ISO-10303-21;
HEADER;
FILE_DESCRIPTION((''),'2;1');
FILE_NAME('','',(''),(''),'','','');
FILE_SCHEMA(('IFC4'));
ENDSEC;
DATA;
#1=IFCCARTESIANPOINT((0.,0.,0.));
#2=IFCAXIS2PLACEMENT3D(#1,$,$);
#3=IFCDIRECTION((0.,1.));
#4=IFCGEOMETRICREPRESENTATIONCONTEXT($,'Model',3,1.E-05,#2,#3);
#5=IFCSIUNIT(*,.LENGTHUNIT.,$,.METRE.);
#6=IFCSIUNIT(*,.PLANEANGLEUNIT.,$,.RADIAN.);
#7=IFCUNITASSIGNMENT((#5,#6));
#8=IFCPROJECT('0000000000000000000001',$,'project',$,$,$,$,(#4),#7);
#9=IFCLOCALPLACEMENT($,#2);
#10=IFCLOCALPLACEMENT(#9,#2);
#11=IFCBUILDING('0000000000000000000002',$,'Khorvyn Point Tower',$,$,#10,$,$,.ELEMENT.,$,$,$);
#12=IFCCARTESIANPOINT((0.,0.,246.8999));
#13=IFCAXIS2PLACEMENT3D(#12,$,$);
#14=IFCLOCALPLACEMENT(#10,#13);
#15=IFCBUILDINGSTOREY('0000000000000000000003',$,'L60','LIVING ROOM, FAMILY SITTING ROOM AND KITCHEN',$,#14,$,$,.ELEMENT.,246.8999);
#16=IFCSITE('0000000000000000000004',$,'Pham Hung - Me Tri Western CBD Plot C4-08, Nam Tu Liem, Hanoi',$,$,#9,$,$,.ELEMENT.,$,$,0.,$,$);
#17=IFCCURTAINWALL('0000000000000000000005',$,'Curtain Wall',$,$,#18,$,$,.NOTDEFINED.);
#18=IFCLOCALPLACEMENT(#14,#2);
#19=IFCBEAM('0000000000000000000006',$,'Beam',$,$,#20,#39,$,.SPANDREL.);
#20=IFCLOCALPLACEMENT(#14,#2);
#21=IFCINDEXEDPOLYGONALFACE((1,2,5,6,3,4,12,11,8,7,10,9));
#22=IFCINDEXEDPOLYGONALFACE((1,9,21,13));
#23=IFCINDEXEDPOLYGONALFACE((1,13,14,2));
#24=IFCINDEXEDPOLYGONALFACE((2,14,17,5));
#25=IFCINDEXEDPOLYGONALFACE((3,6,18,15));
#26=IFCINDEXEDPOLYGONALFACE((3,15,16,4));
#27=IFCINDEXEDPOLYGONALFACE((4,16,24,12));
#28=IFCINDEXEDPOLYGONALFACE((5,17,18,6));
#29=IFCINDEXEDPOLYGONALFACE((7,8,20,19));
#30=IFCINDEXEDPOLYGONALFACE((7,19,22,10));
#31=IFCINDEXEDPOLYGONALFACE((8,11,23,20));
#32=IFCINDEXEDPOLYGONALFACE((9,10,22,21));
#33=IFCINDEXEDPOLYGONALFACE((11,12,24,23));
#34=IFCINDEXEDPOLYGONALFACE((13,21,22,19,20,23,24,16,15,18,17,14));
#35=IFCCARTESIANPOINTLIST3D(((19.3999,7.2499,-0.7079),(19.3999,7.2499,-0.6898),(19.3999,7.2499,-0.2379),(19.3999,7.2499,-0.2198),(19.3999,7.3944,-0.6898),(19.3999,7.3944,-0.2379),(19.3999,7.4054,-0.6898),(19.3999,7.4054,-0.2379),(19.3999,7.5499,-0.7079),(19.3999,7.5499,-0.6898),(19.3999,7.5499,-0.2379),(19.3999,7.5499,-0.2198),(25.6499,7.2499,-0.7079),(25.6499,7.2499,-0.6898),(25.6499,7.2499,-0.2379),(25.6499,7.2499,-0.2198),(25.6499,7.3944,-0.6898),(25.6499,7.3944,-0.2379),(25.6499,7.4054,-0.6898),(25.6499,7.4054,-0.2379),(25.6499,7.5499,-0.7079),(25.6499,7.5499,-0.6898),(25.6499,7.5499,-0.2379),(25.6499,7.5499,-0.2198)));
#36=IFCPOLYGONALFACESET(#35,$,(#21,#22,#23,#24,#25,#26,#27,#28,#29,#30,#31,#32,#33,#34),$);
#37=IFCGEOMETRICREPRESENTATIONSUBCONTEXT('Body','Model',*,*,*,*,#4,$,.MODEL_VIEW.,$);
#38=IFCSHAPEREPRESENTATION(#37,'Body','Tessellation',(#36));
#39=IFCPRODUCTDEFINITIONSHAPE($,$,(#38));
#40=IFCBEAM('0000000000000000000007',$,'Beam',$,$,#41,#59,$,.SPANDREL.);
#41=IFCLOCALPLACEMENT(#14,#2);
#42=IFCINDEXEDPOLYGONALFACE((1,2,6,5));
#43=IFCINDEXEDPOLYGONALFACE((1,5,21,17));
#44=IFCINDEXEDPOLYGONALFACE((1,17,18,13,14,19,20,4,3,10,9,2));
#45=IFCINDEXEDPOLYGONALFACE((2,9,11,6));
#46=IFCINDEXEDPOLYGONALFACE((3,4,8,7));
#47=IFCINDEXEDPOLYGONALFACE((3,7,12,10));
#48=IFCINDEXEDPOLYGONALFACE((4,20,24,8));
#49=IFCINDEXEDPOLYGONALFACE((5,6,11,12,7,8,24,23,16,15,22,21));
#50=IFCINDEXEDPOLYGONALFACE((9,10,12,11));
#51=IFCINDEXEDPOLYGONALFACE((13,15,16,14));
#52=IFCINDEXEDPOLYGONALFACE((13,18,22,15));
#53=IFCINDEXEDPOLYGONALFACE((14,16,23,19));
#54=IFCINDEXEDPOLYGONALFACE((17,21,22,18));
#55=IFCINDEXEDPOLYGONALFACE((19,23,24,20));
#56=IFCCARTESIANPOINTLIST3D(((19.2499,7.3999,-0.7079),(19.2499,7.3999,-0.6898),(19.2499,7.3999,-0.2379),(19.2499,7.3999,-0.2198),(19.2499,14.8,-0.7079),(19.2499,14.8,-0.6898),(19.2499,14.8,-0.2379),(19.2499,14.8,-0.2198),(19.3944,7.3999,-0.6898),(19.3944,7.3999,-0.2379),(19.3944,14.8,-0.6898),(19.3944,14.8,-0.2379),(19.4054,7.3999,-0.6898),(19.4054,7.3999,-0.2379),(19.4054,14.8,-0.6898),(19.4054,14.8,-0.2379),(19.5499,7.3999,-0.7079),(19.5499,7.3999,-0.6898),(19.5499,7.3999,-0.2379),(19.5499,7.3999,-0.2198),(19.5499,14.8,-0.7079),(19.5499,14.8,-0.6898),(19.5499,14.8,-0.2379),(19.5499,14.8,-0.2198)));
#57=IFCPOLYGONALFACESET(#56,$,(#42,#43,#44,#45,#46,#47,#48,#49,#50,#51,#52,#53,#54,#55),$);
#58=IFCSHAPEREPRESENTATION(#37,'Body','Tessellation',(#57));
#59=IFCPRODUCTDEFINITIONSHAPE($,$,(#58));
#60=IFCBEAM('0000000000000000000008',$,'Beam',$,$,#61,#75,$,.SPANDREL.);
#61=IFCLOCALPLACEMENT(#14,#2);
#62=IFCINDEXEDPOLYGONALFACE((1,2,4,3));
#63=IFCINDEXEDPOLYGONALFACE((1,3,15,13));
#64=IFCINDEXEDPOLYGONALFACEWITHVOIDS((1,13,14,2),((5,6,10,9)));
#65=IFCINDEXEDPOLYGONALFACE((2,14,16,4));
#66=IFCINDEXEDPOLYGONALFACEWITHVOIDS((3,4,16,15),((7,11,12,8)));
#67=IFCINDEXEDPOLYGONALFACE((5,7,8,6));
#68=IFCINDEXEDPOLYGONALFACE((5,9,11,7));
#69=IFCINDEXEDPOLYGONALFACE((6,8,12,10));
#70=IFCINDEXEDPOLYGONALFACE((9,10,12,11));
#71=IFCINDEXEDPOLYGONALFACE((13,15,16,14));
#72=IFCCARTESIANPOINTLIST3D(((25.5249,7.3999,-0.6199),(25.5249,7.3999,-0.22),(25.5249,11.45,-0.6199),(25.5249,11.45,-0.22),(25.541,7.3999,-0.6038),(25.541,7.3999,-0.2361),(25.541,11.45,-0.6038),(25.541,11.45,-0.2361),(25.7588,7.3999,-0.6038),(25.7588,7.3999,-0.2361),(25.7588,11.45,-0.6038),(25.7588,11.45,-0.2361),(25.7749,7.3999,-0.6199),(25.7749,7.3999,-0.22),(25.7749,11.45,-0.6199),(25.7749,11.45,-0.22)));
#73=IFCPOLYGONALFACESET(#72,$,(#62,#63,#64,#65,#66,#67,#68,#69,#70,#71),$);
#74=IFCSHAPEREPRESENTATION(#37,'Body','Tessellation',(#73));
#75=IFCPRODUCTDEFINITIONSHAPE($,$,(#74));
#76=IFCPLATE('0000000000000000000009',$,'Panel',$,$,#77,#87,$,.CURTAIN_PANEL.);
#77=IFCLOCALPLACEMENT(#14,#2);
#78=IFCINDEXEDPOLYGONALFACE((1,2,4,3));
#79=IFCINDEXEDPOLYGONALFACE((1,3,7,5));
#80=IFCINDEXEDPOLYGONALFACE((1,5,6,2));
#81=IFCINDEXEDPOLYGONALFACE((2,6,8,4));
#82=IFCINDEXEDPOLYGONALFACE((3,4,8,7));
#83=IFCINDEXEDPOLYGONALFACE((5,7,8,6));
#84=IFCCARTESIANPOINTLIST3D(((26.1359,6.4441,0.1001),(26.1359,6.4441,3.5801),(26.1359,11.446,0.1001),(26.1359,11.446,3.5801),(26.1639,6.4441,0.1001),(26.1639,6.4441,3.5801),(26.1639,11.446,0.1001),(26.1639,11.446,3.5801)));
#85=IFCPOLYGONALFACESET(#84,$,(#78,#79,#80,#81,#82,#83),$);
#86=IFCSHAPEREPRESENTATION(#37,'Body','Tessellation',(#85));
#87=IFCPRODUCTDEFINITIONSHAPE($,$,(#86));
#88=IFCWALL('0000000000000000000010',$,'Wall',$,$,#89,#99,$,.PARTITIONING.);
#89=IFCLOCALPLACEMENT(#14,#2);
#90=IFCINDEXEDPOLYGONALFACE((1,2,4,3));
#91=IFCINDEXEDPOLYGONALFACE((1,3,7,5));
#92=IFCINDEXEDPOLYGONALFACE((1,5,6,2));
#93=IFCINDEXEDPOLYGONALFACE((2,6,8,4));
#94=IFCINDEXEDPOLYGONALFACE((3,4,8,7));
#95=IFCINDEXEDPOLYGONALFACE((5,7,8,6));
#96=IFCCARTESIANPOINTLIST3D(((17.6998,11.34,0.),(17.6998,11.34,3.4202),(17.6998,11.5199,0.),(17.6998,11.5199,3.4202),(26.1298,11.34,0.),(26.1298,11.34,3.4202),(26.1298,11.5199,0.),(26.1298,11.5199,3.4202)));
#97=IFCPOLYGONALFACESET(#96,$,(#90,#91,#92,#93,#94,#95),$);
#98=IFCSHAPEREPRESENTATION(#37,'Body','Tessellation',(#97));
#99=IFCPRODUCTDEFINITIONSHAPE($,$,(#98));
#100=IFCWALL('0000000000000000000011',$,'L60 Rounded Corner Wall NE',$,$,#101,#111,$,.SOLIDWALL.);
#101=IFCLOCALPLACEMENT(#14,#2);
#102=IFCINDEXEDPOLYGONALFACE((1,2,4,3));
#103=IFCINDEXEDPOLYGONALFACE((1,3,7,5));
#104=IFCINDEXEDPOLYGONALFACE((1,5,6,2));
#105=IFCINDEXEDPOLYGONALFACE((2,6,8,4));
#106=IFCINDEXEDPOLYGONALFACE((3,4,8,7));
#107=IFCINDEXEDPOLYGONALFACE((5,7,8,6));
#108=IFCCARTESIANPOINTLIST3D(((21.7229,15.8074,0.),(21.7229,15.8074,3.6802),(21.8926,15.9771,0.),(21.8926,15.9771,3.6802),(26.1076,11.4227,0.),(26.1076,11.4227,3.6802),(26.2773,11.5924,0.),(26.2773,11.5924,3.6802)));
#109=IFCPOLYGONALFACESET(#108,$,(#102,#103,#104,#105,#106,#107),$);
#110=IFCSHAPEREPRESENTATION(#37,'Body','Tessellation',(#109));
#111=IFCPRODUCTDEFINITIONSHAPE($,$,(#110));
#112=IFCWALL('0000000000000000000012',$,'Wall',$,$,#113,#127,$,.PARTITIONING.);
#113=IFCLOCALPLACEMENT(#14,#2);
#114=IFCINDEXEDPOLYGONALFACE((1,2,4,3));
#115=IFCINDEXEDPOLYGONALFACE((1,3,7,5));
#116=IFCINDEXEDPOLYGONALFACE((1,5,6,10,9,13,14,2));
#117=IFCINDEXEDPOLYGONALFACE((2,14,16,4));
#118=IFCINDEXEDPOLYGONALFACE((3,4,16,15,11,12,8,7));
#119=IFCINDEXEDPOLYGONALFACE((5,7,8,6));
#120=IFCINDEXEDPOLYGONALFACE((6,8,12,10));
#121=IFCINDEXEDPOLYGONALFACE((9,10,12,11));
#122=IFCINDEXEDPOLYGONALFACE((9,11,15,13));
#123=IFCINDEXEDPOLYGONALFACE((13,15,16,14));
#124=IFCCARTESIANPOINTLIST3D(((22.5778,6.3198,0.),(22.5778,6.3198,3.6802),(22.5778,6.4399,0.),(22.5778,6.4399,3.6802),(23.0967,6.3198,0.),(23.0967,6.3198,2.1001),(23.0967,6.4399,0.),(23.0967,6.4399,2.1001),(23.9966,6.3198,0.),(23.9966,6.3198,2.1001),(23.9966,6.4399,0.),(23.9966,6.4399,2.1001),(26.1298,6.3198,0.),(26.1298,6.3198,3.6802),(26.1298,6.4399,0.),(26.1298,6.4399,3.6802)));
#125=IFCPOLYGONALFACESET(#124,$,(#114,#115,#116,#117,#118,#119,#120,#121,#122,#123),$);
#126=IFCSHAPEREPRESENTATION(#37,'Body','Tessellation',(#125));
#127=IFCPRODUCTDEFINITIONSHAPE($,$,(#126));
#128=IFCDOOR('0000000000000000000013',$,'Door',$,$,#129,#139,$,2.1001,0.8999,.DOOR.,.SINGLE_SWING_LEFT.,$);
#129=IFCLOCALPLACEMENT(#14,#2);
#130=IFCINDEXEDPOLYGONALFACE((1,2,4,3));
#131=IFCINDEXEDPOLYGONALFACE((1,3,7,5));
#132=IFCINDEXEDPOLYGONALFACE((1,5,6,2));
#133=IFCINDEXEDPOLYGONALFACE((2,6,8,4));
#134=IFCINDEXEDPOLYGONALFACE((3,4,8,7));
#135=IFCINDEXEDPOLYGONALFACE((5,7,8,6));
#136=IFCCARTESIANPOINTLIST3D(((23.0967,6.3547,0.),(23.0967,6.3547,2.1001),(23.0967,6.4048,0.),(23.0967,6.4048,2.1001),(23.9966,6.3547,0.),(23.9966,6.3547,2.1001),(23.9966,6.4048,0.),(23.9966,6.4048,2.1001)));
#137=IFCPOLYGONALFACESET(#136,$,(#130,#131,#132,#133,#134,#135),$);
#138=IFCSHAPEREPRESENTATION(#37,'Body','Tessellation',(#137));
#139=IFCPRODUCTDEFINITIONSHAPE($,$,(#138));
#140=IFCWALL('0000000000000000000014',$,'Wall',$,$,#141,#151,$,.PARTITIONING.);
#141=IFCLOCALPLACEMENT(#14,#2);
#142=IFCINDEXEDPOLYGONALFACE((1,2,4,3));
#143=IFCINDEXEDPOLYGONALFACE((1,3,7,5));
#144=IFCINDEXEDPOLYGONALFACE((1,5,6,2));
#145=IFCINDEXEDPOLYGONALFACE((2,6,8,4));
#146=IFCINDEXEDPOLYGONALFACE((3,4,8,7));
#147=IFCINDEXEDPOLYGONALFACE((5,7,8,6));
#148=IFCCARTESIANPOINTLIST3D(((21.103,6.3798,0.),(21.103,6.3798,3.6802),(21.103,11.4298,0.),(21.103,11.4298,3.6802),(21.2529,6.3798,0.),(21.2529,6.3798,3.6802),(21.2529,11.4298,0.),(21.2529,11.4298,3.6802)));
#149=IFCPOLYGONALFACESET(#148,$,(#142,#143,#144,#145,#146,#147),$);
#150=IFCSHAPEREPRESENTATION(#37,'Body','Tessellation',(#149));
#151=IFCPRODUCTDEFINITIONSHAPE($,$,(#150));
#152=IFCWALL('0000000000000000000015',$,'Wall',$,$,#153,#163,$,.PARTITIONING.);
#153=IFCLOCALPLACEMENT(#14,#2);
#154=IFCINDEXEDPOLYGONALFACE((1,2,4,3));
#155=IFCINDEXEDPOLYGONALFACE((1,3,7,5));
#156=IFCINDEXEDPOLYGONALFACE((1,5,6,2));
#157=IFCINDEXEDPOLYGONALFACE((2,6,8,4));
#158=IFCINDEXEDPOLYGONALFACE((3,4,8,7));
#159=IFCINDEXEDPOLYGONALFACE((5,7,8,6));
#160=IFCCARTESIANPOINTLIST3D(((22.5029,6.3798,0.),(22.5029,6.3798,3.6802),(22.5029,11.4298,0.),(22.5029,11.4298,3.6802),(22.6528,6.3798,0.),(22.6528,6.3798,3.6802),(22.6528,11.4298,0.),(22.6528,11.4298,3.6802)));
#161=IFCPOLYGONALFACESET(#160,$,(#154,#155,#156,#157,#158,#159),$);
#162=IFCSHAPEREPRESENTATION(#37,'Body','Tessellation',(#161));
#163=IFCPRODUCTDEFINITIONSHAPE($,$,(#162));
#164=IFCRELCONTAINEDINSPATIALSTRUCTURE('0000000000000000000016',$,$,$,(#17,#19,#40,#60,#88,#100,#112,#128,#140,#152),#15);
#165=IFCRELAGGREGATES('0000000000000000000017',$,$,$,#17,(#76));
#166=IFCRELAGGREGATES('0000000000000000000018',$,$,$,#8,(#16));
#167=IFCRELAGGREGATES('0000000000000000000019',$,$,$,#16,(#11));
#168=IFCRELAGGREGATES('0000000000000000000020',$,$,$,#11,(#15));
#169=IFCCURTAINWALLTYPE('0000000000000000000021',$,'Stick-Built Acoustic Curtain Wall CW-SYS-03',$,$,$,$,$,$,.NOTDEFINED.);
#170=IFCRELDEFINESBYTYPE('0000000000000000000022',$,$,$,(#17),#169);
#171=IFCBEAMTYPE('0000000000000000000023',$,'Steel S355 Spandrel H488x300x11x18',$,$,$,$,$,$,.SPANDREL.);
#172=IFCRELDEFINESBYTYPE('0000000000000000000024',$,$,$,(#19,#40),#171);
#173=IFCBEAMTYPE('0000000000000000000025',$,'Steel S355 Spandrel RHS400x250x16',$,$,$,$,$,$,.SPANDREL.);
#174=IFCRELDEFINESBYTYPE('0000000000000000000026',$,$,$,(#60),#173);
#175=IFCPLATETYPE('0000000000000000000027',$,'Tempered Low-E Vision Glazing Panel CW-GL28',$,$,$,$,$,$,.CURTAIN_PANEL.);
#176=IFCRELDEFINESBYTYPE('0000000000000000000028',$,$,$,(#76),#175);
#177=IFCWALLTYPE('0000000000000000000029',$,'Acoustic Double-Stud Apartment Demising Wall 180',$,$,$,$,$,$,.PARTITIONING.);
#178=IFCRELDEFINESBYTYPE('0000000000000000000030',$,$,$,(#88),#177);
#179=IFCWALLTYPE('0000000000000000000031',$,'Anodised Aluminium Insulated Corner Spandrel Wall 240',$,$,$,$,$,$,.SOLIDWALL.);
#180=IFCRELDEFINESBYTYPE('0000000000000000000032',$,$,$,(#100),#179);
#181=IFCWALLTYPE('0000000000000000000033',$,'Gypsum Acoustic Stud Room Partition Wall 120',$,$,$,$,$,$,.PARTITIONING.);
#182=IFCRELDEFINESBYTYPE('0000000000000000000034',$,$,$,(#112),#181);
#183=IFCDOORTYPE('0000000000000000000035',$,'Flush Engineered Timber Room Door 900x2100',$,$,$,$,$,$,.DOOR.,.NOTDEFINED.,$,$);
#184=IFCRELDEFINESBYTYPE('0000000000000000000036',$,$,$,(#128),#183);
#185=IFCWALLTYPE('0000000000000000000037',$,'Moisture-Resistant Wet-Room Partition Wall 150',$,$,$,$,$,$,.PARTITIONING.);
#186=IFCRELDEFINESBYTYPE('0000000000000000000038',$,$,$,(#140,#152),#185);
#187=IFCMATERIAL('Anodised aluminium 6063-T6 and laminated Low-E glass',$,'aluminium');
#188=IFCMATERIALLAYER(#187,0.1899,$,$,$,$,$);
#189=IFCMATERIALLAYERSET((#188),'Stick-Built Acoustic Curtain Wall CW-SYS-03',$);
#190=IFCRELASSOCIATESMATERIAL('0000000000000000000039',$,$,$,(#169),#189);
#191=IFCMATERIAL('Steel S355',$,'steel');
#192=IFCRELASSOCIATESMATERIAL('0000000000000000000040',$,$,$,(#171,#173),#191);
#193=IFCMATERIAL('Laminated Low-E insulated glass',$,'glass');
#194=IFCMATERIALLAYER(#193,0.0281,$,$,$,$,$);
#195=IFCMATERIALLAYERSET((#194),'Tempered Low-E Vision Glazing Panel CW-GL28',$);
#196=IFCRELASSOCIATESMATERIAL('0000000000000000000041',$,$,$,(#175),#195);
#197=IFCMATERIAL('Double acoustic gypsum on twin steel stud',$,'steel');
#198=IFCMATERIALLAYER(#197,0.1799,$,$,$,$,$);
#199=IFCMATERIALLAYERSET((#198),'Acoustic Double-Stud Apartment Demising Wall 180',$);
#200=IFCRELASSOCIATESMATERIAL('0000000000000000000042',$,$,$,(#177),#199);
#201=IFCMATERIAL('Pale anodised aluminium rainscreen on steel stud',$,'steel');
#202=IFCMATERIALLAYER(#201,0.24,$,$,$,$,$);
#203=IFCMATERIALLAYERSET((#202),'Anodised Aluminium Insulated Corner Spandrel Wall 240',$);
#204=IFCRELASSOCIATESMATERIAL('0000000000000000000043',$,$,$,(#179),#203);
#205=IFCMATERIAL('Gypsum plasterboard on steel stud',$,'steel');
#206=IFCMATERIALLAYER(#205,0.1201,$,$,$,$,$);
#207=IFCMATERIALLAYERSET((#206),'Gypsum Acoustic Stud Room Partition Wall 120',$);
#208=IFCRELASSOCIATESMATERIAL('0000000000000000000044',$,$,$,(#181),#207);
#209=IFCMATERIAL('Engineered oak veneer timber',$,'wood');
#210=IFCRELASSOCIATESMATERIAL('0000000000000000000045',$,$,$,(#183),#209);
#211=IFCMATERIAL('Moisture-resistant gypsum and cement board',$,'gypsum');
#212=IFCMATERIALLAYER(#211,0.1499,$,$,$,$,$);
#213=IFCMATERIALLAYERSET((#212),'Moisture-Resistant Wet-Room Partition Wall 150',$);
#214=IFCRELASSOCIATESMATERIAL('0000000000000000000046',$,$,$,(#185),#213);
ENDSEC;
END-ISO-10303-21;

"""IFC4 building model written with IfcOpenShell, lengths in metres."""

from ifc_helpers import new_model, si_unit, direction, frame, frame_2d, origin, origin_2d, place, context, subcontext, project, spatial, rectangle, hollow_rectangle, i_section, extrude, material, layer, layer_set, material_profile, profile_set, type_object, element, fill, aggregate, save


model = new_model("IFC4")

# Units and contexts
model_context = context("Model", 3, precision=1e-05, world=origin(), true_north=direction((0.0, 1.0)))
body_context = subcontext(model_context, "Body", "Model", "MODEL_VIEW")
ifc_project = project(units=[si_unit("LENGTHUNIT", "METRE"), si_unit("PLANEANGLEUNIT", "RADIAN")], contexts=[model_context])

# Site, building, storey
site_placement = place(None, origin())
site = spatial("IfcSite", under=ifc_project, at=site_placement, Name="Pham Hung - Me Tri Western CBD Plot C4-08, Nam Tu Liem, Hanoi", CompositionType="ELEMENT", RefElevation=0.0)
building_placement = place(site_placement, origin())
building = spatial("IfcBuilding", under=site, at=building_placement, Name="Khorvyn Point Tower", CompositionType="ELEMENT")
storey_placement = place(building_placement, frame((0.0, 0.0, 246.8999)))
storey = spatial("IfcBuildingStorey", under=building, at=storey_placement, Name="L60", Description="LIVING ROOM, FAMILY SITTING ROOM AND KITCHEN", CompositionType="ELEMENT", Elevation=246.8999)

# Shared definitions
ifc_material_1 = material(Name="Anodised aluminium 6063-T6 and laminated Low-E glass", Category="aluminium")
ifc_layer_1 = layer(ifc_material_1, 0.1899)
ifc_layer_set_1 = layer_set([ifc_layer_1], Name="Stick-Built Acoustic Curtain Wall CW-SYS-03")
curtain_wall_type = type_object("IfcCurtainWallType", Name="Stick-Built Acoustic Curtain Wall CW-SYS-03", PredefinedType="NOTDEFINED", material=ifc_layer_set_1)

# Curtain wall
curtain_wall_1_placement = place(storey_placement, origin())
curtain_wall_1 = element("IfcCurtainWall", 1, at=curtain_wall_1_placement, inside=storey, type_object=curtain_wall_type, Name="Curtain Wall", PredefinedType="NOTDEFINED")

# Beams
ifc_material_2 = material(Name="Steel S355", Category="steel")
ifc_material_profile_1 = material_profile(ifc_material_2, i_section(OverallWidth=0.3, OverallDepth=0.488, WebThickness=0.011, FlangeThickness=0.0181, at=origin_2d()))
ifc_profile_set_1 = profile_set([ifc_material_profile_1], Name="Steel S355 H488x300x11x18")
beam_type_1 = type_object("IfcBeamType", Name="Steel S355 Spandrel H488x300x11x18", PredefinedType="SPANDREL", material=ifc_profile_set_1)
beam_1_placement = place(storey_placement, frame((19.3999, 7.3999, -0.4639), z_axis=(1.0, 0.0, 0.0), x_axis=(0.0, 1.0, 0.0)))
element("IfcBeam", 2, at=beam_1_placement, inside=storey, type_object=beam_type_1, Name="Beam", PredefinedType="SPANDREL", context=body_context, shape_type="SweptSolid", body=[
    extrude(i_section(OverallWidth=0.3, OverallDepth=0.488, WebThickness=0.011, FlangeThickness=0.0181, at=origin_2d()), origin(), (0.0, 0.0, 1.0), 6.25),
])
beam_2_placement = place(storey_placement, frame((19.3999, 7.3999, -0.4639), z_axis=(0.0, 1.0, 0.0), x_axis=(-1.0, 0.0, 0.0)))
element("IfcBeam", 3, at=beam_2_placement, inside=storey, type_object=beam_type_1, Name="Beam", PredefinedType="SPANDREL", context=body_context, shape_type="SweptSolid", body=[
    extrude(i_section(OverallWidth=0.3, OverallDepth=0.488, WebThickness=0.011, FlangeThickness=0.0181, at=origin_2d()), origin(), (0.0, 0.0, 1.0), 7.4001),
])
ifc_material_profile_2 = material_profile(ifc_material_2, hollow_rectangle(XDim=0.25, YDim=0.3999, WallThickness=0.0161, at=origin_2d()))
ifc_profile_set_2 = profile_set([ifc_material_profile_2], Name="Steel S355 RHS400x250x16")
beam_type_2 = type_object("IfcBeamType", Name="Steel S355 Spandrel RHS400x250x16", PredefinedType="SPANDREL", material=ifc_profile_set_2)
beam_3_placement = place(storey_placement, frame((25.6499, 7.3999, -0.4199), z_axis=(0.0, 1.0, 0.0), x_axis=(-1.0, 0.0, 0.0)))
element("IfcBeam", 4, at=beam_3_placement, inside=storey, type_object=beam_type_2, Name="Beam", PredefinedType="SPANDREL", context=body_context, shape_type="SweptSolid", body=[
    extrude(hollow_rectangle(XDim=0.25, YDim=0.3999, WallThickness=0.0161, at=origin_2d()), origin(), (0.0, 0.0, 1.0), 4.05),
])

# Plate
ifc_material_3 = material(Name="Laminated Low-E insulated glass", Category="glass")
ifc_layer_2 = layer(ifc_material_3, 0.0281)
ifc_layer_set_2 = layer_set([ifc_layer_2], Name="Tempered Low-E Vision Glazing Panel CW-GL28")
plate_type = type_object("IfcPlateType", Name="Tempered Low-E Vision Glazing Panel CW-GL28", PredefinedType="CURTAIN_PANEL", material=ifc_layer_set_2)
plate_placement = place(storey_placement, frame((26.1499, 8.9451, 0.1001), z_axis=(0.0, 0.0, 1.0), x_axis=(0.0, -1.0, 0.0)))
plate = element("IfcPlate", 5, at=plate_placement, type_object=plate_type, Name="Panel", PredefinedType="CURTAIN_PANEL", context=body_context, shape_type="SweptSolid", body=[
    extrude(rectangle(XDim=5.002, YDim=0.0281, at=origin_2d()), origin(), (0.0, 0.0, 1.0), 3.48),
])
aggregate(curtain_wall_1, [plate])

# Walls
ifc_material_4 = material(Name="Double acoustic gypsum on twin steel stud", Category="steel")
ifc_layer_3 = layer(ifc_material_4, 0.1799)
ifc_layer_set_3 = layer_set([ifc_layer_3], Name="Acoustic Double-Stud Apartment Demising Wall 180")
wall_type_1 = type_object("IfcWallType", Name="Acoustic Double-Stud Apartment Demising Wall 180", PredefinedType="PARTITIONING", material=ifc_layer_set_3)
wall_1_placement = place(storey_placement, frame((17.7, 11.4299, 0.0), z_axis=(0.0, 0.0, 1.0), x_axis=(1.0, 0.0, 0.0)))
element("IfcWall", 6, at=wall_1_placement, inside=storey, type_object=wall_type_1, Name="Wall", PredefinedType="PARTITIONING", context=body_context, shape_type="SweptSolid", body=[
    extrude(rectangle(XDim=8.4299, YDim=0.1799, at=frame_2d((4.2148, 0.0))), origin(), (0.0, 0.0, 1.0), 3.4202),
])
ifc_material_5 = material(Name="Pale anodised aluminium rainscreen on steel stud", Category="steel")
ifc_layer_4 = layer(ifc_material_5, 0.24)
ifc_layer_set_4 = layer_set([ifc_layer_4], Name="Anodised Aluminium Insulated Corner Spandrel Wall 240")
wall_type_2 = type_object("IfcWallType", Name="Anodised Aluminium Insulated Corner Spandrel Wall 240", PredefinedType="SOLIDWALL", material=ifc_layer_set_4)
wall_2_placement = place(storey_placement, frame((21.8076, 15.8923, 0.0), z_axis=(0.0, 0.0, 1.0), x_axis=(0.707107, -0.707107, 0.0)))
element("IfcWall", 7, at=wall_2_placement, inside=storey, type_object=wall_type_2, Name="L60 Rounded Corner Wall NE", PredefinedType="SOLIDWALL", context=body_context, shape_type="SweptSolid", body=[
    extrude(rectangle(XDim=6.2009, YDim=0.24, at=frame_2d((3.1006, 0.0))), origin(), (0.0, 0.0, 1.0), 3.6802),
])

# Wall, opening, door
ifc_material_6 = material(Name="Gypsum plasterboard on steel stud", Category="steel")
ifc_layer_5 = layer(ifc_material_6, 0.1201)
ifc_layer_set_5 = layer_set([ifc_layer_5], Name="Gypsum Acoustic Stud Room Partition Wall 120")
wall_type_3 = type_object("IfcWallType", Name="Gypsum Acoustic Stud Room Partition Wall 120", PredefinedType="PARTITIONING", material=ifc_layer_set_5)
wall_3_placement = place(storey_placement, frame((22.5779, 6.3799, 0.0), z_axis=(0.0, 0.0, 1.0), x_axis=(1.0, 0.0, 0.0)))
wall_3 = element("IfcWall", 8, at=wall_3_placement, inside=storey, type_object=wall_type_3, Name="Wall", PredefinedType="PARTITIONING", context=body_context, shape_type="SweptSolid", body=[
    extrude(rectangle(XDim=3.552, YDim=0.1201, at=frame_2d((1.7759, 0.0))), origin(), (0.0, 0.0, 1.0), 3.6802),
])
opening_placement = place(wall_3_placement, frame((0.5188, 0.0, 0.0)))
opening = element("IfcOpeningElement", 9, at=opening_placement, cuts=wall_3, PredefinedType="OPENING", context=body_context, shape_type="SweptSolid", body=[
    extrude(rectangle(XDim=0.8999, YDim=2.1001, at=frame_2d((0.45, 1.05))), frame((0.0, 0.0701, 0.0), z_axis=(0.0, -1.0, 0.0), x_axis=(1.0, 0.0, 0.0)), (0.0, 0.0, 1.0), 0.1401),
])
ifc_material_7 = material(Name="Engineered oak veneer timber", Category="wood")
door_type = type_object("IfcDoorType", Name="Flush Engineered Timber Room Door 900x2100", OperationType="NOTDEFINED", PredefinedType="DOOR", material=ifc_material_7)
door_placement = place(opening_placement, origin())
door = element("IfcDoor", 10, at=door_placement, inside=storey, type_object=door_type, Name="Door", OperationType="SINGLE_SWING_LEFT", OverallHeight=2.1001, OverallWidth=0.8999, PredefinedType="DOOR", context=body_context, shape_type="SweptSolid", body=[
    extrude(rectangle(XDim=0.8999, YDim=2.1001, at=frame_2d((0.45, 1.05))), frame((0.0, 0.0249, 0.0), z_axis=(0.0, -1.0, 0.0), x_axis=(1.0, 0.0, 0.0)), (0.0, 0.0, 1.0), 0.05),
])
fill(opening, door)

# Walls
ifc_material_8 = material(Name="Moisture-resistant gypsum and cement board", Category="gypsum")
ifc_layer_6 = layer(ifc_material_8, 0.1499)
ifc_layer_set_6 = layer_set([ifc_layer_6], Name="Moisture-Resistant Wet-Room Partition Wall 150")
wall_type_4 = type_object("IfcWallType", Name="Moisture-Resistant Wet-Room Partition Wall 150", PredefinedType="PARTITIONING", material=ifc_layer_set_6)
for number, where, z_axis, x_axis, name in (
    (11, (21.178, 6.3799, 0.0), (0.0, 0.0, 1.0), (0.0, 1.0, 0.0), "Wall"),
    (12, (22.5779, 6.3799, 0.0), (0.0, 0.0, 1.0), (0.0, 1.0, 0.0), "Wall"),
):
    element("IfcWall", number, at=place(storey_placement, frame(where, z_axis=z_axis, x_axis=x_axis)), inside=storey, type_object=wall_type_4, Name=name, PredefinedType="PARTITIONING", context=body_context, shape_type="SweptSolid", body=[
        extrude(rectangle(XDim=5.05, YDim=0.1499, at=frame_2d((2.5249, 0.0))), origin(), (0.0, 0.0, 1.0), 3.6802),
    ])

save(model, "model.ifc")
